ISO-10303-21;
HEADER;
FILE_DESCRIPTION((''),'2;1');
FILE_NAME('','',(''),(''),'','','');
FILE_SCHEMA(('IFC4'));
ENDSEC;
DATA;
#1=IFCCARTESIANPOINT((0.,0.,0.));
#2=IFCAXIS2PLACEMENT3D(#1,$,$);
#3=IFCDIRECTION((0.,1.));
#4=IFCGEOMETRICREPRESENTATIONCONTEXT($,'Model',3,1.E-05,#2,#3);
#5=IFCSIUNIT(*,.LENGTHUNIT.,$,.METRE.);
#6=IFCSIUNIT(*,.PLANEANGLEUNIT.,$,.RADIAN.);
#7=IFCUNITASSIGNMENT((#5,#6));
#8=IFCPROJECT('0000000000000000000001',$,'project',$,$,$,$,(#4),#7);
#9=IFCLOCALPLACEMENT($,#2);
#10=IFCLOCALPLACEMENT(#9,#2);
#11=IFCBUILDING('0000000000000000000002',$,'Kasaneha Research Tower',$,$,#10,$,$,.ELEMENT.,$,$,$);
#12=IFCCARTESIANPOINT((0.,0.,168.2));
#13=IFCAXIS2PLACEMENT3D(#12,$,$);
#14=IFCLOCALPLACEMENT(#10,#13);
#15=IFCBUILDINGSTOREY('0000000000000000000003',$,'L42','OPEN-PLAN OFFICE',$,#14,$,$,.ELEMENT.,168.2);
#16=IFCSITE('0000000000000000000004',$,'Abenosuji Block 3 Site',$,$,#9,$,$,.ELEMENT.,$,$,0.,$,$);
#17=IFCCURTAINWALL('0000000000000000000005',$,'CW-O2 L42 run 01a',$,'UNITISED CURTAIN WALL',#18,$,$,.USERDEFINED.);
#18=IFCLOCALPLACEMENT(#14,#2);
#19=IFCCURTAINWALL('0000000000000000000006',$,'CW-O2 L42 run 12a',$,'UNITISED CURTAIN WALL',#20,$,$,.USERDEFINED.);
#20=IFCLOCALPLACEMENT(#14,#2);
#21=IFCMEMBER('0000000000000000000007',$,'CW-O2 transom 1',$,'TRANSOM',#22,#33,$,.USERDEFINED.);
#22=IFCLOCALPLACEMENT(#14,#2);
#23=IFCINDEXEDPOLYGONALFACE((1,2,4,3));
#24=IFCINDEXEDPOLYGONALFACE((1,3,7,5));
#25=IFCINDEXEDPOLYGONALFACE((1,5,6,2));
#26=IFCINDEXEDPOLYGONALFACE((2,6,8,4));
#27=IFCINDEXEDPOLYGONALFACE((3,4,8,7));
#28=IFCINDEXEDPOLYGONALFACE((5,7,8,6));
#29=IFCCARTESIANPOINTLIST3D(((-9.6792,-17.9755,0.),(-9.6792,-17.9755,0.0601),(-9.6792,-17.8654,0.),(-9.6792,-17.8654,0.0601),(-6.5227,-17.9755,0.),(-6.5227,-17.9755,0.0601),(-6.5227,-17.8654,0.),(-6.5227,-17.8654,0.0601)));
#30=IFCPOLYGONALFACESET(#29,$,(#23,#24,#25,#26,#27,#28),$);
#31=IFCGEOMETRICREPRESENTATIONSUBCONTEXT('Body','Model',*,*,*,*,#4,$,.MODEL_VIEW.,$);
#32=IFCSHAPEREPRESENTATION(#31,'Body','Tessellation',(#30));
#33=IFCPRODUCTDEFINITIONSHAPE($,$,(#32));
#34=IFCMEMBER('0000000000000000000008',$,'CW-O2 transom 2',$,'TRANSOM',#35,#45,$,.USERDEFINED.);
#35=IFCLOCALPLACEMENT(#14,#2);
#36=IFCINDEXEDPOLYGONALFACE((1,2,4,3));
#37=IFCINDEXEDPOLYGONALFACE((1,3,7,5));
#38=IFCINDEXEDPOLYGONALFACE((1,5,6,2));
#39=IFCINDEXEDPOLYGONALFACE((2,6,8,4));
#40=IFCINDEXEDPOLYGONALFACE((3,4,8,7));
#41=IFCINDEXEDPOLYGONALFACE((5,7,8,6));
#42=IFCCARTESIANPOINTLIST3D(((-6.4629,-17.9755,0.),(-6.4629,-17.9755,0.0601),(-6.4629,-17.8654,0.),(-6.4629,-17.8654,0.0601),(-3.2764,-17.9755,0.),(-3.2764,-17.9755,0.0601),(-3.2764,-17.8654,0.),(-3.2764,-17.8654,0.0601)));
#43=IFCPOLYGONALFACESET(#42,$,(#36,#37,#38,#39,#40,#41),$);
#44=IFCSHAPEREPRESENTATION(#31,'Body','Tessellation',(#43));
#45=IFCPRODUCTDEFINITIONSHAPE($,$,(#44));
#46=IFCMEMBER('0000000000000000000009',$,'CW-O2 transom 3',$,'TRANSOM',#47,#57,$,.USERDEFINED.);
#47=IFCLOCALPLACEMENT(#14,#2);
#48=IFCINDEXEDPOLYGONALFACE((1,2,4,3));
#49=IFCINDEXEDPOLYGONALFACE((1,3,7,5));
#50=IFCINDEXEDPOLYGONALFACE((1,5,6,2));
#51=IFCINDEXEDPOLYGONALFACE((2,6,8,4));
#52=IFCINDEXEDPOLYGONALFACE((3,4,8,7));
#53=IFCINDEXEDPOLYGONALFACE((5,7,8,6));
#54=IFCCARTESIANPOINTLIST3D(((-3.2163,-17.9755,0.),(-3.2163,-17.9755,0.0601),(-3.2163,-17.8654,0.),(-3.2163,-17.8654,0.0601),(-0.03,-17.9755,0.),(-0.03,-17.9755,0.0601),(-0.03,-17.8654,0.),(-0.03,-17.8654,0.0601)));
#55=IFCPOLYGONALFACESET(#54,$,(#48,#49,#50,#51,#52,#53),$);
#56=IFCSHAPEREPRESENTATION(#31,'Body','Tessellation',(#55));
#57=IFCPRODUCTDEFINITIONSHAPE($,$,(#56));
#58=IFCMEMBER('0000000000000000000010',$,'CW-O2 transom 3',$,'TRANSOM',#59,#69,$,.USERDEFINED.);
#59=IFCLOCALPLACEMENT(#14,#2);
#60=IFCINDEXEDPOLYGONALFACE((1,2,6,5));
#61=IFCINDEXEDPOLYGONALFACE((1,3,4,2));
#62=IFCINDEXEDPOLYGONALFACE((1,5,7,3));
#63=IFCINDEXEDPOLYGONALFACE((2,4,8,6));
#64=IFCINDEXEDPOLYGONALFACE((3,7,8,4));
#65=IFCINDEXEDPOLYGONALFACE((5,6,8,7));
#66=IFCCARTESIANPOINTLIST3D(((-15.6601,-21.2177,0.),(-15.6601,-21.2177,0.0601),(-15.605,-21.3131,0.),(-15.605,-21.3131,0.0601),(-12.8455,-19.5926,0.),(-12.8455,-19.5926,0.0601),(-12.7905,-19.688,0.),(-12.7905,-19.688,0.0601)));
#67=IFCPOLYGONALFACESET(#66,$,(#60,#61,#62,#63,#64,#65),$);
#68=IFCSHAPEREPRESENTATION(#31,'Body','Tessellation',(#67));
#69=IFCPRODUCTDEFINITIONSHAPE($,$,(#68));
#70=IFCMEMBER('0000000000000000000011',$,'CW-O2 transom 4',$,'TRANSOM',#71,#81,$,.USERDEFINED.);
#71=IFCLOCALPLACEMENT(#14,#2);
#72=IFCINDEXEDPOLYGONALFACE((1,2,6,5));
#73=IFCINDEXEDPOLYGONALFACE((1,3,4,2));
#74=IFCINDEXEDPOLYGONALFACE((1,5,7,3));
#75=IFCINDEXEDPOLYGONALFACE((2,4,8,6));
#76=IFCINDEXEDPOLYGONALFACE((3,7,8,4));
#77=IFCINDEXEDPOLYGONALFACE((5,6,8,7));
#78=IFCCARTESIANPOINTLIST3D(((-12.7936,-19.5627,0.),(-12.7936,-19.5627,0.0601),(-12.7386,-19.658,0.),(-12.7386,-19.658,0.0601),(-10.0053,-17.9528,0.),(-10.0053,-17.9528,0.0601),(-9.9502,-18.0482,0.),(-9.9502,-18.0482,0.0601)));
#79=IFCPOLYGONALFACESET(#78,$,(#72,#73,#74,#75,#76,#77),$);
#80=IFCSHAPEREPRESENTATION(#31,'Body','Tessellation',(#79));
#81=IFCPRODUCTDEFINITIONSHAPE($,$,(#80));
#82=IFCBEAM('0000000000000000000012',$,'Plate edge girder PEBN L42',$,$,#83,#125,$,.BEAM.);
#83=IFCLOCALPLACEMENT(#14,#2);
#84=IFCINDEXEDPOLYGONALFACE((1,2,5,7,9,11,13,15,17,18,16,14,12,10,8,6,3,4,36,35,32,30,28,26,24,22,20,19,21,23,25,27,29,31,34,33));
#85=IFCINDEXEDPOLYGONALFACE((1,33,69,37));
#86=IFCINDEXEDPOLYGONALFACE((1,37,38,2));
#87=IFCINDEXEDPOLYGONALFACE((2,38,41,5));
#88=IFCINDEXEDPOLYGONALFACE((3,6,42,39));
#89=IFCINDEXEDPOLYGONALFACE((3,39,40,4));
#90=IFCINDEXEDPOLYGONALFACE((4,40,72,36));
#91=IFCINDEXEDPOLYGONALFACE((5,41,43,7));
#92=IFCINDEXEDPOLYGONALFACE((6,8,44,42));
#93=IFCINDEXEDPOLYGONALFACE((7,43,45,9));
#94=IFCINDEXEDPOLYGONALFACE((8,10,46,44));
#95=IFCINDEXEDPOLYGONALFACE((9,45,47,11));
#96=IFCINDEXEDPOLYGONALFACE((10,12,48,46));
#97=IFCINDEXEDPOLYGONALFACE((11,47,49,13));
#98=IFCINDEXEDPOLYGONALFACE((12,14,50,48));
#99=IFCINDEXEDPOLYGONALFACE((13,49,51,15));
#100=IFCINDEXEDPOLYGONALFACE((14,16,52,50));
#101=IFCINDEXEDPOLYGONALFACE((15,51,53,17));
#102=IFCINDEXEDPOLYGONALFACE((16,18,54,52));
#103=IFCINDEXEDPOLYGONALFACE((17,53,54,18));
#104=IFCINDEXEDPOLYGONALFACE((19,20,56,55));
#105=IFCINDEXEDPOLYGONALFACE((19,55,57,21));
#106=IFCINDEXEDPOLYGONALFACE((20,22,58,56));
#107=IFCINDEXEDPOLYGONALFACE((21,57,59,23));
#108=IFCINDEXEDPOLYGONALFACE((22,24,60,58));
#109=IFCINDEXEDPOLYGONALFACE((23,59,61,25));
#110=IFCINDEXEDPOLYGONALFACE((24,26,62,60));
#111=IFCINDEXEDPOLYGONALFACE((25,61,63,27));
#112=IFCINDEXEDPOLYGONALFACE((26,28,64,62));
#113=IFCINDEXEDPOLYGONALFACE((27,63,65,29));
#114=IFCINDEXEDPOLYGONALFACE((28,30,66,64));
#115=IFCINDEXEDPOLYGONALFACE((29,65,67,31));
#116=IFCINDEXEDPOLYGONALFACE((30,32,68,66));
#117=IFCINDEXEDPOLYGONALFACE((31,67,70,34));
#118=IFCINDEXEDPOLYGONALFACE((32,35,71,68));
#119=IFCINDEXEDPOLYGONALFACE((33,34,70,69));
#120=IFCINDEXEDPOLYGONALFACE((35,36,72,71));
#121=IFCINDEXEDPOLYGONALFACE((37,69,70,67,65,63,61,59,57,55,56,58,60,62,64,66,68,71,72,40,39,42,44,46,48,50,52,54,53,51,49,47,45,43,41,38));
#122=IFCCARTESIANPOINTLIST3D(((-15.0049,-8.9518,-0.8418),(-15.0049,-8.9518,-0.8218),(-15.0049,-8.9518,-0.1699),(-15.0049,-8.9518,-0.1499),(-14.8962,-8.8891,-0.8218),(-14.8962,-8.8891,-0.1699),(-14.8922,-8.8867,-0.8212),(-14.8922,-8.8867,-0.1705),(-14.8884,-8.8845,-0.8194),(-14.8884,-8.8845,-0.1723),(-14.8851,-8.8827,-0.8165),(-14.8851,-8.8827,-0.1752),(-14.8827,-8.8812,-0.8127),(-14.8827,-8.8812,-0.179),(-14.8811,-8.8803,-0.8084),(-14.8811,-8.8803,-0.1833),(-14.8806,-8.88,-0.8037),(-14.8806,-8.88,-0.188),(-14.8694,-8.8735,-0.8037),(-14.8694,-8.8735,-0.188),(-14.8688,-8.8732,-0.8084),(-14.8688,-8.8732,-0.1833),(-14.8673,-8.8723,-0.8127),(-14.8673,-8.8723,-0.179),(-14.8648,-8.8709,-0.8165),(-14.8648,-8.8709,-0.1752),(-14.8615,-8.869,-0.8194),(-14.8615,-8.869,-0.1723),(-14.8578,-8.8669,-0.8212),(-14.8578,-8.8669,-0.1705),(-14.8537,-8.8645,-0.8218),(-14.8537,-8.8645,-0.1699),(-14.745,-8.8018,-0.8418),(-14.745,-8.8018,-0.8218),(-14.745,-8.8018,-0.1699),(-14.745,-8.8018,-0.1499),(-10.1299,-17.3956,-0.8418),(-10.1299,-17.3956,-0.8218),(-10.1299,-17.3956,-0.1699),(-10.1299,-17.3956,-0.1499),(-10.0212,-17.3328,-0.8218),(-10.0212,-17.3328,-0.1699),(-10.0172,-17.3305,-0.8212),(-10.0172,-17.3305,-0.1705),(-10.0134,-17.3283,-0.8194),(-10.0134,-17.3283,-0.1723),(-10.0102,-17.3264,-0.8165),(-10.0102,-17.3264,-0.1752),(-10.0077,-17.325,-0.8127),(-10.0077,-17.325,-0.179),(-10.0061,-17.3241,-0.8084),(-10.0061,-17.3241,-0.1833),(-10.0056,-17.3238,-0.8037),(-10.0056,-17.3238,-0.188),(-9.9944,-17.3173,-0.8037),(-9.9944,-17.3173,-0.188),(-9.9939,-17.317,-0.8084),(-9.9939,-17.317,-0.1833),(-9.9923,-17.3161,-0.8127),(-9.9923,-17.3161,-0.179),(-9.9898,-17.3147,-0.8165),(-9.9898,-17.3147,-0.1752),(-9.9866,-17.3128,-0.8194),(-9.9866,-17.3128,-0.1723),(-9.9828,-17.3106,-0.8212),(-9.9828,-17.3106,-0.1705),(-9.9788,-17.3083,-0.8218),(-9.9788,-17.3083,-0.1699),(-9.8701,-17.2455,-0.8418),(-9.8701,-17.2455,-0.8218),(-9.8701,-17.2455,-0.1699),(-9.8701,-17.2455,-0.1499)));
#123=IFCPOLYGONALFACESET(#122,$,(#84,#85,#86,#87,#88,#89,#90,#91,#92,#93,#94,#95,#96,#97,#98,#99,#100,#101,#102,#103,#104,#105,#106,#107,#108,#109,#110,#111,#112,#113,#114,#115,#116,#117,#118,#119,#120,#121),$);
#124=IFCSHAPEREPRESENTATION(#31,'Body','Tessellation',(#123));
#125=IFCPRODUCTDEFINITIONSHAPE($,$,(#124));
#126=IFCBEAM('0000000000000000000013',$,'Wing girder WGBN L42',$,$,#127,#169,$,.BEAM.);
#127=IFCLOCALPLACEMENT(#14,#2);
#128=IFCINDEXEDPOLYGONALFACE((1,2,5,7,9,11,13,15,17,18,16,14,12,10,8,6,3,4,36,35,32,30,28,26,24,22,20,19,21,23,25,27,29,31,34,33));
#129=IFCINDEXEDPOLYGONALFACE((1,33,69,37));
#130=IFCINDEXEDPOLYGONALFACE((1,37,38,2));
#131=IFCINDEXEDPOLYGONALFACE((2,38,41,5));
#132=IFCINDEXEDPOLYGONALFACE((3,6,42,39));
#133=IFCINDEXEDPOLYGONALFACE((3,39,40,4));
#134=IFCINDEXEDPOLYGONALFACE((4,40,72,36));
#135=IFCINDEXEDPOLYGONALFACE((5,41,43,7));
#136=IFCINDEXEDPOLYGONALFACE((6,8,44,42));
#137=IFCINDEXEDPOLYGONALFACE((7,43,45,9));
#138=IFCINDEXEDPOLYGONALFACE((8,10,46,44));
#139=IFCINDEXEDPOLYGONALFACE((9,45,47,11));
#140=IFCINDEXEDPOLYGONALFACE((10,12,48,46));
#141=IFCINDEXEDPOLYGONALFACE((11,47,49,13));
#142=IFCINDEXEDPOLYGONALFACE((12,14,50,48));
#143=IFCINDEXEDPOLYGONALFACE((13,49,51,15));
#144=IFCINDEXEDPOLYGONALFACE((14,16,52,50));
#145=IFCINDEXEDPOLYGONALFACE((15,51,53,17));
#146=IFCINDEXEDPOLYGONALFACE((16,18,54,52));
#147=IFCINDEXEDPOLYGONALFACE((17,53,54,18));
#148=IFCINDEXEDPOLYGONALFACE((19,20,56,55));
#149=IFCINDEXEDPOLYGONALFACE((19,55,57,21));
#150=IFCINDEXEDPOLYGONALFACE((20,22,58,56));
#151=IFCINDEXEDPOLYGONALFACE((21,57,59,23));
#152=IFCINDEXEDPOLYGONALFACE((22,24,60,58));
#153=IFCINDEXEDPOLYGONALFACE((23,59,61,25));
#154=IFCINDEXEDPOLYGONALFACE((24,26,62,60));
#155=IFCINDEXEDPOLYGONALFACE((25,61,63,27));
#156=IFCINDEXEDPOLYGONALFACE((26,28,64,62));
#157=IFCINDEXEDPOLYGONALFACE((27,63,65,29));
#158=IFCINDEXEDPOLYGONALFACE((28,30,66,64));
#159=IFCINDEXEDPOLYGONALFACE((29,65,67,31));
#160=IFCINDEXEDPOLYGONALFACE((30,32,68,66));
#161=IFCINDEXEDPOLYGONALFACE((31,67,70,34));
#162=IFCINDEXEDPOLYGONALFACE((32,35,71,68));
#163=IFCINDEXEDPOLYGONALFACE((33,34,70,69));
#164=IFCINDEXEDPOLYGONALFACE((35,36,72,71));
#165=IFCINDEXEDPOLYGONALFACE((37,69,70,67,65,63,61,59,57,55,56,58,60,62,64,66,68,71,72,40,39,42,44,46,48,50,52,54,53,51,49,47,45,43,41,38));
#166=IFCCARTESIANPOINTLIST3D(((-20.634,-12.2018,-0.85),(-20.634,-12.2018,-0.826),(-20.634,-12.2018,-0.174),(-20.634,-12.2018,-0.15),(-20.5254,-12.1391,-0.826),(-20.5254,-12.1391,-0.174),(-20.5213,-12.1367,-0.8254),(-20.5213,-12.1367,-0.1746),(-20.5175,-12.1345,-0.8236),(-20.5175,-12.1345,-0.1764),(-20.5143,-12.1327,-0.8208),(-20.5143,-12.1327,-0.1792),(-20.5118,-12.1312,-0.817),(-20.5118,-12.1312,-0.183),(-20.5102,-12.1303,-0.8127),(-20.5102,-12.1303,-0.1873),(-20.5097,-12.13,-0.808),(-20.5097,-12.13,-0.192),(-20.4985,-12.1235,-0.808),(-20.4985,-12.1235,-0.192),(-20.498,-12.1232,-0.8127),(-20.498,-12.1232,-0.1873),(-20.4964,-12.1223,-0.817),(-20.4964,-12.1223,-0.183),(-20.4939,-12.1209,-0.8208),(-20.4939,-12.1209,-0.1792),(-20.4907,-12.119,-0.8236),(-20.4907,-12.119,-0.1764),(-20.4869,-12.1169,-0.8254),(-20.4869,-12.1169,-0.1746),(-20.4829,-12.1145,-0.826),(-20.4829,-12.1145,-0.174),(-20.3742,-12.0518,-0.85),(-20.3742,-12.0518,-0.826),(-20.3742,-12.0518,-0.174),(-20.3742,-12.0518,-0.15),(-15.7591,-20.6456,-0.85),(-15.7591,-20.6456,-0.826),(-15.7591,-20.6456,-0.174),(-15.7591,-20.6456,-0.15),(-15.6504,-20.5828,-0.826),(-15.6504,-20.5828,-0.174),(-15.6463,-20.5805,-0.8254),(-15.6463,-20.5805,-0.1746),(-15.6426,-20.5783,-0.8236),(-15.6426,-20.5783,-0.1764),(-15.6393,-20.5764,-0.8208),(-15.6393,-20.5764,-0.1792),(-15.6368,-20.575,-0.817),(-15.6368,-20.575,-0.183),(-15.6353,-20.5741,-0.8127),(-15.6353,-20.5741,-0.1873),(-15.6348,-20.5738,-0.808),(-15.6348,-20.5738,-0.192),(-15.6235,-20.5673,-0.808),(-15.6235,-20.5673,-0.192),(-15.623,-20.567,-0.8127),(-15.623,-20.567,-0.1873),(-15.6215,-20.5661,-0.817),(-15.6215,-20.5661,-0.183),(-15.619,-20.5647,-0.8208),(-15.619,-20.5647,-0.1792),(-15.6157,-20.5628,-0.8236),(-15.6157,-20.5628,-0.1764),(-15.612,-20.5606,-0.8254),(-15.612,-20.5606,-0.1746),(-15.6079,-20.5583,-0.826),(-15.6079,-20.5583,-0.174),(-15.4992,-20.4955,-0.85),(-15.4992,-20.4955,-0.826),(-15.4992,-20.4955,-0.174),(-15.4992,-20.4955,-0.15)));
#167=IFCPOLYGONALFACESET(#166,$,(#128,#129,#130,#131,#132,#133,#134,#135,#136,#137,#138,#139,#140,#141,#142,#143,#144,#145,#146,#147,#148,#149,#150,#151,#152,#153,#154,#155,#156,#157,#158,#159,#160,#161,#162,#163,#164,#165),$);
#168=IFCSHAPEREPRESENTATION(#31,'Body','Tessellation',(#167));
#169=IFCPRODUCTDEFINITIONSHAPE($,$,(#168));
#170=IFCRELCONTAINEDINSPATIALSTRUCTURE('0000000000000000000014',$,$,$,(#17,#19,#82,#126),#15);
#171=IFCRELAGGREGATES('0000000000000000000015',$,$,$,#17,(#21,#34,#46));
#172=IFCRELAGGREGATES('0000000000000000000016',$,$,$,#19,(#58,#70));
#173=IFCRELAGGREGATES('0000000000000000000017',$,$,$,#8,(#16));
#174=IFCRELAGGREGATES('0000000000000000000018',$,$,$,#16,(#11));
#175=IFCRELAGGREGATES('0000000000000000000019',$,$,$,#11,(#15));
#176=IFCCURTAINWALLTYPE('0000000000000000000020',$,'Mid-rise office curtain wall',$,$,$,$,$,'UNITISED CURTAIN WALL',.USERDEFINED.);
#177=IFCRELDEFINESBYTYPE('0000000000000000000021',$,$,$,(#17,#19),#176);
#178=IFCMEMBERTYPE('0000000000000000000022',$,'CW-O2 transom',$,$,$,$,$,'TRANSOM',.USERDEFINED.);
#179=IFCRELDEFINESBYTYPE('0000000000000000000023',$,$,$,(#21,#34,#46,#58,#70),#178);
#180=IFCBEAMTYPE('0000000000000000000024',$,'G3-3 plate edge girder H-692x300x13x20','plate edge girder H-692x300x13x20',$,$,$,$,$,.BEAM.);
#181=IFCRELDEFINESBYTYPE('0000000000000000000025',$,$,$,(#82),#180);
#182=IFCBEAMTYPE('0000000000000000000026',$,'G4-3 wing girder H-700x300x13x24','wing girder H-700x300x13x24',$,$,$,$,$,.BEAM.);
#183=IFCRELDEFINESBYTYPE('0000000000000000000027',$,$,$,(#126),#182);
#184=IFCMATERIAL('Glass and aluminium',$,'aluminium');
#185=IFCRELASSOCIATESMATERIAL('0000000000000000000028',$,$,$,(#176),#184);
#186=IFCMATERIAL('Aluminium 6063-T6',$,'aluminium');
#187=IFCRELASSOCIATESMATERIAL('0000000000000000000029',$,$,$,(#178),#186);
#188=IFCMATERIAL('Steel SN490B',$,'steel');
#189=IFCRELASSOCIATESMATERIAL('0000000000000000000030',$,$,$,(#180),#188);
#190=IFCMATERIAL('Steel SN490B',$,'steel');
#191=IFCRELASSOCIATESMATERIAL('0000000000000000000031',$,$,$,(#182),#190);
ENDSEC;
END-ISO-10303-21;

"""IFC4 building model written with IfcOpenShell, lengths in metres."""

from ifc_helpers import new_model, si_unit, direction, frame, origin, origin_2d, place, context, subcontext, project, spatial, rectangle, i_section, extrude, material, material_profile, profile_set, type_object, element, aggregate, save


model = new_model("IFC4")

# Units and contexts
model_context = context("Model", 3, precision=1e-05, world=origin(), true_north=direction((0.0, 1.0)))
body_context = subcontext(model_context, "Body", "Model", "MODEL_VIEW")
ifc_project = project(units=[si_unit("LENGTHUNIT", "METRE"), si_unit("PLANEANGLEUNIT", "RADIAN")], contexts=[model_context])

# Site, building, storey
site_placement = place(None, origin())
site = spatial("IfcSite", under=ifc_project, at=site_placement, Name="Abenosuji Block 3 Site", CompositionType="ELEMENT", RefElevation=0.0)
building_placement = place(site_placement, origin())
building = spatial("IfcBuilding", under=site, at=building_placement, Name="Kasaneha Research Tower", CompositionType="ELEMENT")
storey_placement = place(building_placement, frame((0.0, 0.0, 168.2)))
storey = spatial("IfcBuildingStorey", under=building, at=storey_placement, Name="L42", Description="OPEN-PLAN OFFICE", CompositionType="ELEMENT", Elevation=168.2)

# Curtain walls
ifc_material_1 = material(Name="Glass and aluminium", Category="aluminium")
curtain_wall_type = type_object("IfcCurtainWallType", Name="Mid-rise office curtain wall", ElementType="UNITISED CURTAIN WALL", PredefinedType="USERDEFINED", material=ifc_material_1)
curtain_wall_1_placement = place(storey_placement, origin())
curtain_wall_1 = element("IfcCurtainWall", 1, at=curtain_wall_1_placement, inside=storey, type_object=curtain_wall_type, Name="CW-O2 L42 run 01a", ObjectType="UNITISED CURTAIN WALL", PredefinedType="USERDEFINED")
curtain_wall_2_placement = place(storey_placement, origin())
curtain_wall_2 = element("IfcCurtainWall", 2, at=curtain_wall_2_placement, inside=storey, type_object=curtain_wall_type, Name="CW-O2 L42 run 12a", ObjectType="UNITISED CURTAIN WALL", PredefinedType="USERDEFINED")

# Members
ifc_material_2 = material(Name="Aluminium 6063-T6", Category="aluminium")
ifc_material_profile_1 = material_profile(ifc_material_2, rectangle(XDim=0.1101, YDim=0.0601, at=origin_2d()), Name="CW-O2 transom 110x60")
ifc_profile_set_1 = profile_set([ifc_material_profile_1], Name="Aluminium 6063-T6")
member_type_1 = type_object("IfcMemberType", Name="CW-O2 transom", ElementType="TRANSOM", PredefinedType="USERDEFINED", material=ifc_profile_set_1)
member_1_placement = place(storey_placement, frame((-9.6792, -17.9204, 0.03), z_axis=(1.0, 0.0, 0.0), x_axis=(0.0, 1.0, 0.0)))
member_1 = element("IfcMember", 3, at=member_1_placement, type_object=member_type_1, Name="CW-O2 transom 1", ObjectType="TRANSOM", PredefinedType="USERDEFINED", context=body_context, shape_type="SweptSolid", body=[
    extrude(rectangle(XDim=0.1101, YDim=0.0601, at=origin_2d()), origin(), (0.0, 0.0, 1.0), 3.1565),
])
member_2_placement = place(storey_placement, frame((-6.4629, -17.9204, 0.03), z_axis=(1.0, 0.0, 0.0), x_axis=(0.0, 1.0, 0.0)))
member_2 = element("IfcMember", 4, at=member_2_placement, type_object=member_type_1, Name="CW-O2 transom 2", ObjectType="TRANSOM", PredefinedType="USERDEFINED", context=body_context, shape_type="SweptSolid", body=[
    extrude(rectangle(XDim=0.1101, YDim=0.0601, at=origin_2d()), origin(), (0.0, 0.0, 1.0), 3.1865),
])
member_3_placement = place(storey_placement, frame((-3.2163, -17.9204, 0.03), z_axis=(1.0, 0.0, 0.0), x_axis=(0.0, 1.0, 0.0)))
member_3 = element("IfcMember", 5, at=member_3_placement, type_object=member_type_1, Name="CW-O2 transom 3", ObjectType="TRANSOM", PredefinedType="USERDEFINED", context=body_context, shape_type="SweptSolid", body=[
    extrude(rectangle(XDim=0.1101, YDim=0.0601, at=origin_2d()), origin(), (0.0, 0.0, 1.0), 3.1863),
])
member_4_placement = place(storey_placement, frame((-15.6326, -21.2654, 0.03), z_axis=(0.866015, 0.500017, 0.0), x_axis=(-0.500017, 0.866015, 0.0)))
member_4 = element("IfcMember", 6, at=member_4_placement, type_object=member_type_1, Name="CW-O2 transom 3", ObjectType="TRANSOM", PredefinedType="USERDEFINED", context=body_context, shape_type="SweptSolid", body=[
    extrude(rectangle(XDim=0.1101, YDim=0.0601, at=origin_2d()), origin(), (0.0, 0.0, 1.0), 3.25),
])
member_5_placement = place(storey_placement, frame((-12.7661, -19.6104, 0.03), z_axis=(0.866023, 0.500005, 0.0), x_axis=(-0.500005, 0.866023, 0.0)))
member_5 = element("IfcMember", 7, at=member_5_placement, type_object=member_type_1, Name="CW-O2 transom 4", ObjectType="TRANSOM", PredefinedType="USERDEFINED", context=body_context, shape_type="SweptSolid", body=[
    extrude(rectangle(XDim=0.1101, YDim=0.0601, at=origin_2d()), origin(), (0.0, 0.0, 1.0), 3.2197),
])

# Beams
ifc_material_3 = material(Name="Steel SN490B", Category="steel")
ifc_material_profile_2 = material_profile(ifc_material_3, i_section(OverallWidth=0.3, OverallDepth=0.6919, WebThickness=0.0129, FlangeThickness=0.02, FilletRadius=0.0181, at=origin_2d()), Name="H-692x300x13x20")
ifc_profile_set_2 = profile_set([ifc_material_profile_2], Name="Steel SN490B")
beam_type_1 = type_object("IfcBeamType", Name="G3-3 plate edge girder H-692x300x13x20", Description="plate edge girder H-692x300x13x20", PredefinedType="BEAM", material=ifc_profile_set_2)
beam_1_placement = place(storey_placement, frame((-10.0, -17.3206, -0.4958), z_axis=(-0.499996, 0.866028, 0.0), x_axis=(-0.866028, -0.499996, 0.0)))
element("IfcBeam", 8, at=beam_1_placement, inside=storey, type_object=beam_type_1, Name="Plate edge girder PEBN L42", PredefinedType="BEAM", context=body_context, shape_type="SweptSolid", body=[
    extrude(i_section(OverallWidth=0.3, OverallDepth=0.6919, WebThickness=0.0129, FlangeThickness=0.02, FilletRadius=0.0181, at=origin_2d()), origin(), (0.0, 0.0, 1.0), 9.75),
])
ifc_material_4 = material(Name="Steel SN490B", Category="steel")
ifc_material_profile_3 = material_profile(ifc_material_4, i_section(OverallWidth=0.3, OverallDepth=0.7, WebThickness=0.0129, FlangeThickness=0.0239, FilletRadius=0.0181, at=origin_2d()), Name="H-700x300x13x24")
ifc_profile_set_3 = profile_set([ifc_material_profile_3], Name="Steel SN490B")
beam_type_2 = type_object("IfcBeamType", Name="G4-3 wing girder H-700x300x13x24", Description="wing girder H-700x300x13x24", PredefinedType="BEAM", material=ifc_profile_set_3)
beam_2_placement = place(storey_placement, frame((-15.6292, -20.5706, -0.5), z_axis=(-0.499996, 0.866028, 0.0), x_axis=(-0.866028, -0.499996, 0.0)))
element("IfcBeam", 9, at=beam_2_placement, inside=storey, type_object=beam_type_2, Name="Wing girder WGBN L42", PredefinedType="BEAM", context=body_context, shape_type="SweptSolid", body=[
    extrude(i_section(OverallWidth=0.3, OverallDepth=0.7, WebThickness=0.0129, FlangeThickness=0.0239, FilletRadius=0.0181, at=origin_2d()), origin(), (0.0, 0.0, 1.0), 9.75),
])

aggregate(curtain_wall_1, [member_1, member_2, member_3])
aggregate(curtain_wall_2, [member_4, member_5])

save(model, "model.ifc")
